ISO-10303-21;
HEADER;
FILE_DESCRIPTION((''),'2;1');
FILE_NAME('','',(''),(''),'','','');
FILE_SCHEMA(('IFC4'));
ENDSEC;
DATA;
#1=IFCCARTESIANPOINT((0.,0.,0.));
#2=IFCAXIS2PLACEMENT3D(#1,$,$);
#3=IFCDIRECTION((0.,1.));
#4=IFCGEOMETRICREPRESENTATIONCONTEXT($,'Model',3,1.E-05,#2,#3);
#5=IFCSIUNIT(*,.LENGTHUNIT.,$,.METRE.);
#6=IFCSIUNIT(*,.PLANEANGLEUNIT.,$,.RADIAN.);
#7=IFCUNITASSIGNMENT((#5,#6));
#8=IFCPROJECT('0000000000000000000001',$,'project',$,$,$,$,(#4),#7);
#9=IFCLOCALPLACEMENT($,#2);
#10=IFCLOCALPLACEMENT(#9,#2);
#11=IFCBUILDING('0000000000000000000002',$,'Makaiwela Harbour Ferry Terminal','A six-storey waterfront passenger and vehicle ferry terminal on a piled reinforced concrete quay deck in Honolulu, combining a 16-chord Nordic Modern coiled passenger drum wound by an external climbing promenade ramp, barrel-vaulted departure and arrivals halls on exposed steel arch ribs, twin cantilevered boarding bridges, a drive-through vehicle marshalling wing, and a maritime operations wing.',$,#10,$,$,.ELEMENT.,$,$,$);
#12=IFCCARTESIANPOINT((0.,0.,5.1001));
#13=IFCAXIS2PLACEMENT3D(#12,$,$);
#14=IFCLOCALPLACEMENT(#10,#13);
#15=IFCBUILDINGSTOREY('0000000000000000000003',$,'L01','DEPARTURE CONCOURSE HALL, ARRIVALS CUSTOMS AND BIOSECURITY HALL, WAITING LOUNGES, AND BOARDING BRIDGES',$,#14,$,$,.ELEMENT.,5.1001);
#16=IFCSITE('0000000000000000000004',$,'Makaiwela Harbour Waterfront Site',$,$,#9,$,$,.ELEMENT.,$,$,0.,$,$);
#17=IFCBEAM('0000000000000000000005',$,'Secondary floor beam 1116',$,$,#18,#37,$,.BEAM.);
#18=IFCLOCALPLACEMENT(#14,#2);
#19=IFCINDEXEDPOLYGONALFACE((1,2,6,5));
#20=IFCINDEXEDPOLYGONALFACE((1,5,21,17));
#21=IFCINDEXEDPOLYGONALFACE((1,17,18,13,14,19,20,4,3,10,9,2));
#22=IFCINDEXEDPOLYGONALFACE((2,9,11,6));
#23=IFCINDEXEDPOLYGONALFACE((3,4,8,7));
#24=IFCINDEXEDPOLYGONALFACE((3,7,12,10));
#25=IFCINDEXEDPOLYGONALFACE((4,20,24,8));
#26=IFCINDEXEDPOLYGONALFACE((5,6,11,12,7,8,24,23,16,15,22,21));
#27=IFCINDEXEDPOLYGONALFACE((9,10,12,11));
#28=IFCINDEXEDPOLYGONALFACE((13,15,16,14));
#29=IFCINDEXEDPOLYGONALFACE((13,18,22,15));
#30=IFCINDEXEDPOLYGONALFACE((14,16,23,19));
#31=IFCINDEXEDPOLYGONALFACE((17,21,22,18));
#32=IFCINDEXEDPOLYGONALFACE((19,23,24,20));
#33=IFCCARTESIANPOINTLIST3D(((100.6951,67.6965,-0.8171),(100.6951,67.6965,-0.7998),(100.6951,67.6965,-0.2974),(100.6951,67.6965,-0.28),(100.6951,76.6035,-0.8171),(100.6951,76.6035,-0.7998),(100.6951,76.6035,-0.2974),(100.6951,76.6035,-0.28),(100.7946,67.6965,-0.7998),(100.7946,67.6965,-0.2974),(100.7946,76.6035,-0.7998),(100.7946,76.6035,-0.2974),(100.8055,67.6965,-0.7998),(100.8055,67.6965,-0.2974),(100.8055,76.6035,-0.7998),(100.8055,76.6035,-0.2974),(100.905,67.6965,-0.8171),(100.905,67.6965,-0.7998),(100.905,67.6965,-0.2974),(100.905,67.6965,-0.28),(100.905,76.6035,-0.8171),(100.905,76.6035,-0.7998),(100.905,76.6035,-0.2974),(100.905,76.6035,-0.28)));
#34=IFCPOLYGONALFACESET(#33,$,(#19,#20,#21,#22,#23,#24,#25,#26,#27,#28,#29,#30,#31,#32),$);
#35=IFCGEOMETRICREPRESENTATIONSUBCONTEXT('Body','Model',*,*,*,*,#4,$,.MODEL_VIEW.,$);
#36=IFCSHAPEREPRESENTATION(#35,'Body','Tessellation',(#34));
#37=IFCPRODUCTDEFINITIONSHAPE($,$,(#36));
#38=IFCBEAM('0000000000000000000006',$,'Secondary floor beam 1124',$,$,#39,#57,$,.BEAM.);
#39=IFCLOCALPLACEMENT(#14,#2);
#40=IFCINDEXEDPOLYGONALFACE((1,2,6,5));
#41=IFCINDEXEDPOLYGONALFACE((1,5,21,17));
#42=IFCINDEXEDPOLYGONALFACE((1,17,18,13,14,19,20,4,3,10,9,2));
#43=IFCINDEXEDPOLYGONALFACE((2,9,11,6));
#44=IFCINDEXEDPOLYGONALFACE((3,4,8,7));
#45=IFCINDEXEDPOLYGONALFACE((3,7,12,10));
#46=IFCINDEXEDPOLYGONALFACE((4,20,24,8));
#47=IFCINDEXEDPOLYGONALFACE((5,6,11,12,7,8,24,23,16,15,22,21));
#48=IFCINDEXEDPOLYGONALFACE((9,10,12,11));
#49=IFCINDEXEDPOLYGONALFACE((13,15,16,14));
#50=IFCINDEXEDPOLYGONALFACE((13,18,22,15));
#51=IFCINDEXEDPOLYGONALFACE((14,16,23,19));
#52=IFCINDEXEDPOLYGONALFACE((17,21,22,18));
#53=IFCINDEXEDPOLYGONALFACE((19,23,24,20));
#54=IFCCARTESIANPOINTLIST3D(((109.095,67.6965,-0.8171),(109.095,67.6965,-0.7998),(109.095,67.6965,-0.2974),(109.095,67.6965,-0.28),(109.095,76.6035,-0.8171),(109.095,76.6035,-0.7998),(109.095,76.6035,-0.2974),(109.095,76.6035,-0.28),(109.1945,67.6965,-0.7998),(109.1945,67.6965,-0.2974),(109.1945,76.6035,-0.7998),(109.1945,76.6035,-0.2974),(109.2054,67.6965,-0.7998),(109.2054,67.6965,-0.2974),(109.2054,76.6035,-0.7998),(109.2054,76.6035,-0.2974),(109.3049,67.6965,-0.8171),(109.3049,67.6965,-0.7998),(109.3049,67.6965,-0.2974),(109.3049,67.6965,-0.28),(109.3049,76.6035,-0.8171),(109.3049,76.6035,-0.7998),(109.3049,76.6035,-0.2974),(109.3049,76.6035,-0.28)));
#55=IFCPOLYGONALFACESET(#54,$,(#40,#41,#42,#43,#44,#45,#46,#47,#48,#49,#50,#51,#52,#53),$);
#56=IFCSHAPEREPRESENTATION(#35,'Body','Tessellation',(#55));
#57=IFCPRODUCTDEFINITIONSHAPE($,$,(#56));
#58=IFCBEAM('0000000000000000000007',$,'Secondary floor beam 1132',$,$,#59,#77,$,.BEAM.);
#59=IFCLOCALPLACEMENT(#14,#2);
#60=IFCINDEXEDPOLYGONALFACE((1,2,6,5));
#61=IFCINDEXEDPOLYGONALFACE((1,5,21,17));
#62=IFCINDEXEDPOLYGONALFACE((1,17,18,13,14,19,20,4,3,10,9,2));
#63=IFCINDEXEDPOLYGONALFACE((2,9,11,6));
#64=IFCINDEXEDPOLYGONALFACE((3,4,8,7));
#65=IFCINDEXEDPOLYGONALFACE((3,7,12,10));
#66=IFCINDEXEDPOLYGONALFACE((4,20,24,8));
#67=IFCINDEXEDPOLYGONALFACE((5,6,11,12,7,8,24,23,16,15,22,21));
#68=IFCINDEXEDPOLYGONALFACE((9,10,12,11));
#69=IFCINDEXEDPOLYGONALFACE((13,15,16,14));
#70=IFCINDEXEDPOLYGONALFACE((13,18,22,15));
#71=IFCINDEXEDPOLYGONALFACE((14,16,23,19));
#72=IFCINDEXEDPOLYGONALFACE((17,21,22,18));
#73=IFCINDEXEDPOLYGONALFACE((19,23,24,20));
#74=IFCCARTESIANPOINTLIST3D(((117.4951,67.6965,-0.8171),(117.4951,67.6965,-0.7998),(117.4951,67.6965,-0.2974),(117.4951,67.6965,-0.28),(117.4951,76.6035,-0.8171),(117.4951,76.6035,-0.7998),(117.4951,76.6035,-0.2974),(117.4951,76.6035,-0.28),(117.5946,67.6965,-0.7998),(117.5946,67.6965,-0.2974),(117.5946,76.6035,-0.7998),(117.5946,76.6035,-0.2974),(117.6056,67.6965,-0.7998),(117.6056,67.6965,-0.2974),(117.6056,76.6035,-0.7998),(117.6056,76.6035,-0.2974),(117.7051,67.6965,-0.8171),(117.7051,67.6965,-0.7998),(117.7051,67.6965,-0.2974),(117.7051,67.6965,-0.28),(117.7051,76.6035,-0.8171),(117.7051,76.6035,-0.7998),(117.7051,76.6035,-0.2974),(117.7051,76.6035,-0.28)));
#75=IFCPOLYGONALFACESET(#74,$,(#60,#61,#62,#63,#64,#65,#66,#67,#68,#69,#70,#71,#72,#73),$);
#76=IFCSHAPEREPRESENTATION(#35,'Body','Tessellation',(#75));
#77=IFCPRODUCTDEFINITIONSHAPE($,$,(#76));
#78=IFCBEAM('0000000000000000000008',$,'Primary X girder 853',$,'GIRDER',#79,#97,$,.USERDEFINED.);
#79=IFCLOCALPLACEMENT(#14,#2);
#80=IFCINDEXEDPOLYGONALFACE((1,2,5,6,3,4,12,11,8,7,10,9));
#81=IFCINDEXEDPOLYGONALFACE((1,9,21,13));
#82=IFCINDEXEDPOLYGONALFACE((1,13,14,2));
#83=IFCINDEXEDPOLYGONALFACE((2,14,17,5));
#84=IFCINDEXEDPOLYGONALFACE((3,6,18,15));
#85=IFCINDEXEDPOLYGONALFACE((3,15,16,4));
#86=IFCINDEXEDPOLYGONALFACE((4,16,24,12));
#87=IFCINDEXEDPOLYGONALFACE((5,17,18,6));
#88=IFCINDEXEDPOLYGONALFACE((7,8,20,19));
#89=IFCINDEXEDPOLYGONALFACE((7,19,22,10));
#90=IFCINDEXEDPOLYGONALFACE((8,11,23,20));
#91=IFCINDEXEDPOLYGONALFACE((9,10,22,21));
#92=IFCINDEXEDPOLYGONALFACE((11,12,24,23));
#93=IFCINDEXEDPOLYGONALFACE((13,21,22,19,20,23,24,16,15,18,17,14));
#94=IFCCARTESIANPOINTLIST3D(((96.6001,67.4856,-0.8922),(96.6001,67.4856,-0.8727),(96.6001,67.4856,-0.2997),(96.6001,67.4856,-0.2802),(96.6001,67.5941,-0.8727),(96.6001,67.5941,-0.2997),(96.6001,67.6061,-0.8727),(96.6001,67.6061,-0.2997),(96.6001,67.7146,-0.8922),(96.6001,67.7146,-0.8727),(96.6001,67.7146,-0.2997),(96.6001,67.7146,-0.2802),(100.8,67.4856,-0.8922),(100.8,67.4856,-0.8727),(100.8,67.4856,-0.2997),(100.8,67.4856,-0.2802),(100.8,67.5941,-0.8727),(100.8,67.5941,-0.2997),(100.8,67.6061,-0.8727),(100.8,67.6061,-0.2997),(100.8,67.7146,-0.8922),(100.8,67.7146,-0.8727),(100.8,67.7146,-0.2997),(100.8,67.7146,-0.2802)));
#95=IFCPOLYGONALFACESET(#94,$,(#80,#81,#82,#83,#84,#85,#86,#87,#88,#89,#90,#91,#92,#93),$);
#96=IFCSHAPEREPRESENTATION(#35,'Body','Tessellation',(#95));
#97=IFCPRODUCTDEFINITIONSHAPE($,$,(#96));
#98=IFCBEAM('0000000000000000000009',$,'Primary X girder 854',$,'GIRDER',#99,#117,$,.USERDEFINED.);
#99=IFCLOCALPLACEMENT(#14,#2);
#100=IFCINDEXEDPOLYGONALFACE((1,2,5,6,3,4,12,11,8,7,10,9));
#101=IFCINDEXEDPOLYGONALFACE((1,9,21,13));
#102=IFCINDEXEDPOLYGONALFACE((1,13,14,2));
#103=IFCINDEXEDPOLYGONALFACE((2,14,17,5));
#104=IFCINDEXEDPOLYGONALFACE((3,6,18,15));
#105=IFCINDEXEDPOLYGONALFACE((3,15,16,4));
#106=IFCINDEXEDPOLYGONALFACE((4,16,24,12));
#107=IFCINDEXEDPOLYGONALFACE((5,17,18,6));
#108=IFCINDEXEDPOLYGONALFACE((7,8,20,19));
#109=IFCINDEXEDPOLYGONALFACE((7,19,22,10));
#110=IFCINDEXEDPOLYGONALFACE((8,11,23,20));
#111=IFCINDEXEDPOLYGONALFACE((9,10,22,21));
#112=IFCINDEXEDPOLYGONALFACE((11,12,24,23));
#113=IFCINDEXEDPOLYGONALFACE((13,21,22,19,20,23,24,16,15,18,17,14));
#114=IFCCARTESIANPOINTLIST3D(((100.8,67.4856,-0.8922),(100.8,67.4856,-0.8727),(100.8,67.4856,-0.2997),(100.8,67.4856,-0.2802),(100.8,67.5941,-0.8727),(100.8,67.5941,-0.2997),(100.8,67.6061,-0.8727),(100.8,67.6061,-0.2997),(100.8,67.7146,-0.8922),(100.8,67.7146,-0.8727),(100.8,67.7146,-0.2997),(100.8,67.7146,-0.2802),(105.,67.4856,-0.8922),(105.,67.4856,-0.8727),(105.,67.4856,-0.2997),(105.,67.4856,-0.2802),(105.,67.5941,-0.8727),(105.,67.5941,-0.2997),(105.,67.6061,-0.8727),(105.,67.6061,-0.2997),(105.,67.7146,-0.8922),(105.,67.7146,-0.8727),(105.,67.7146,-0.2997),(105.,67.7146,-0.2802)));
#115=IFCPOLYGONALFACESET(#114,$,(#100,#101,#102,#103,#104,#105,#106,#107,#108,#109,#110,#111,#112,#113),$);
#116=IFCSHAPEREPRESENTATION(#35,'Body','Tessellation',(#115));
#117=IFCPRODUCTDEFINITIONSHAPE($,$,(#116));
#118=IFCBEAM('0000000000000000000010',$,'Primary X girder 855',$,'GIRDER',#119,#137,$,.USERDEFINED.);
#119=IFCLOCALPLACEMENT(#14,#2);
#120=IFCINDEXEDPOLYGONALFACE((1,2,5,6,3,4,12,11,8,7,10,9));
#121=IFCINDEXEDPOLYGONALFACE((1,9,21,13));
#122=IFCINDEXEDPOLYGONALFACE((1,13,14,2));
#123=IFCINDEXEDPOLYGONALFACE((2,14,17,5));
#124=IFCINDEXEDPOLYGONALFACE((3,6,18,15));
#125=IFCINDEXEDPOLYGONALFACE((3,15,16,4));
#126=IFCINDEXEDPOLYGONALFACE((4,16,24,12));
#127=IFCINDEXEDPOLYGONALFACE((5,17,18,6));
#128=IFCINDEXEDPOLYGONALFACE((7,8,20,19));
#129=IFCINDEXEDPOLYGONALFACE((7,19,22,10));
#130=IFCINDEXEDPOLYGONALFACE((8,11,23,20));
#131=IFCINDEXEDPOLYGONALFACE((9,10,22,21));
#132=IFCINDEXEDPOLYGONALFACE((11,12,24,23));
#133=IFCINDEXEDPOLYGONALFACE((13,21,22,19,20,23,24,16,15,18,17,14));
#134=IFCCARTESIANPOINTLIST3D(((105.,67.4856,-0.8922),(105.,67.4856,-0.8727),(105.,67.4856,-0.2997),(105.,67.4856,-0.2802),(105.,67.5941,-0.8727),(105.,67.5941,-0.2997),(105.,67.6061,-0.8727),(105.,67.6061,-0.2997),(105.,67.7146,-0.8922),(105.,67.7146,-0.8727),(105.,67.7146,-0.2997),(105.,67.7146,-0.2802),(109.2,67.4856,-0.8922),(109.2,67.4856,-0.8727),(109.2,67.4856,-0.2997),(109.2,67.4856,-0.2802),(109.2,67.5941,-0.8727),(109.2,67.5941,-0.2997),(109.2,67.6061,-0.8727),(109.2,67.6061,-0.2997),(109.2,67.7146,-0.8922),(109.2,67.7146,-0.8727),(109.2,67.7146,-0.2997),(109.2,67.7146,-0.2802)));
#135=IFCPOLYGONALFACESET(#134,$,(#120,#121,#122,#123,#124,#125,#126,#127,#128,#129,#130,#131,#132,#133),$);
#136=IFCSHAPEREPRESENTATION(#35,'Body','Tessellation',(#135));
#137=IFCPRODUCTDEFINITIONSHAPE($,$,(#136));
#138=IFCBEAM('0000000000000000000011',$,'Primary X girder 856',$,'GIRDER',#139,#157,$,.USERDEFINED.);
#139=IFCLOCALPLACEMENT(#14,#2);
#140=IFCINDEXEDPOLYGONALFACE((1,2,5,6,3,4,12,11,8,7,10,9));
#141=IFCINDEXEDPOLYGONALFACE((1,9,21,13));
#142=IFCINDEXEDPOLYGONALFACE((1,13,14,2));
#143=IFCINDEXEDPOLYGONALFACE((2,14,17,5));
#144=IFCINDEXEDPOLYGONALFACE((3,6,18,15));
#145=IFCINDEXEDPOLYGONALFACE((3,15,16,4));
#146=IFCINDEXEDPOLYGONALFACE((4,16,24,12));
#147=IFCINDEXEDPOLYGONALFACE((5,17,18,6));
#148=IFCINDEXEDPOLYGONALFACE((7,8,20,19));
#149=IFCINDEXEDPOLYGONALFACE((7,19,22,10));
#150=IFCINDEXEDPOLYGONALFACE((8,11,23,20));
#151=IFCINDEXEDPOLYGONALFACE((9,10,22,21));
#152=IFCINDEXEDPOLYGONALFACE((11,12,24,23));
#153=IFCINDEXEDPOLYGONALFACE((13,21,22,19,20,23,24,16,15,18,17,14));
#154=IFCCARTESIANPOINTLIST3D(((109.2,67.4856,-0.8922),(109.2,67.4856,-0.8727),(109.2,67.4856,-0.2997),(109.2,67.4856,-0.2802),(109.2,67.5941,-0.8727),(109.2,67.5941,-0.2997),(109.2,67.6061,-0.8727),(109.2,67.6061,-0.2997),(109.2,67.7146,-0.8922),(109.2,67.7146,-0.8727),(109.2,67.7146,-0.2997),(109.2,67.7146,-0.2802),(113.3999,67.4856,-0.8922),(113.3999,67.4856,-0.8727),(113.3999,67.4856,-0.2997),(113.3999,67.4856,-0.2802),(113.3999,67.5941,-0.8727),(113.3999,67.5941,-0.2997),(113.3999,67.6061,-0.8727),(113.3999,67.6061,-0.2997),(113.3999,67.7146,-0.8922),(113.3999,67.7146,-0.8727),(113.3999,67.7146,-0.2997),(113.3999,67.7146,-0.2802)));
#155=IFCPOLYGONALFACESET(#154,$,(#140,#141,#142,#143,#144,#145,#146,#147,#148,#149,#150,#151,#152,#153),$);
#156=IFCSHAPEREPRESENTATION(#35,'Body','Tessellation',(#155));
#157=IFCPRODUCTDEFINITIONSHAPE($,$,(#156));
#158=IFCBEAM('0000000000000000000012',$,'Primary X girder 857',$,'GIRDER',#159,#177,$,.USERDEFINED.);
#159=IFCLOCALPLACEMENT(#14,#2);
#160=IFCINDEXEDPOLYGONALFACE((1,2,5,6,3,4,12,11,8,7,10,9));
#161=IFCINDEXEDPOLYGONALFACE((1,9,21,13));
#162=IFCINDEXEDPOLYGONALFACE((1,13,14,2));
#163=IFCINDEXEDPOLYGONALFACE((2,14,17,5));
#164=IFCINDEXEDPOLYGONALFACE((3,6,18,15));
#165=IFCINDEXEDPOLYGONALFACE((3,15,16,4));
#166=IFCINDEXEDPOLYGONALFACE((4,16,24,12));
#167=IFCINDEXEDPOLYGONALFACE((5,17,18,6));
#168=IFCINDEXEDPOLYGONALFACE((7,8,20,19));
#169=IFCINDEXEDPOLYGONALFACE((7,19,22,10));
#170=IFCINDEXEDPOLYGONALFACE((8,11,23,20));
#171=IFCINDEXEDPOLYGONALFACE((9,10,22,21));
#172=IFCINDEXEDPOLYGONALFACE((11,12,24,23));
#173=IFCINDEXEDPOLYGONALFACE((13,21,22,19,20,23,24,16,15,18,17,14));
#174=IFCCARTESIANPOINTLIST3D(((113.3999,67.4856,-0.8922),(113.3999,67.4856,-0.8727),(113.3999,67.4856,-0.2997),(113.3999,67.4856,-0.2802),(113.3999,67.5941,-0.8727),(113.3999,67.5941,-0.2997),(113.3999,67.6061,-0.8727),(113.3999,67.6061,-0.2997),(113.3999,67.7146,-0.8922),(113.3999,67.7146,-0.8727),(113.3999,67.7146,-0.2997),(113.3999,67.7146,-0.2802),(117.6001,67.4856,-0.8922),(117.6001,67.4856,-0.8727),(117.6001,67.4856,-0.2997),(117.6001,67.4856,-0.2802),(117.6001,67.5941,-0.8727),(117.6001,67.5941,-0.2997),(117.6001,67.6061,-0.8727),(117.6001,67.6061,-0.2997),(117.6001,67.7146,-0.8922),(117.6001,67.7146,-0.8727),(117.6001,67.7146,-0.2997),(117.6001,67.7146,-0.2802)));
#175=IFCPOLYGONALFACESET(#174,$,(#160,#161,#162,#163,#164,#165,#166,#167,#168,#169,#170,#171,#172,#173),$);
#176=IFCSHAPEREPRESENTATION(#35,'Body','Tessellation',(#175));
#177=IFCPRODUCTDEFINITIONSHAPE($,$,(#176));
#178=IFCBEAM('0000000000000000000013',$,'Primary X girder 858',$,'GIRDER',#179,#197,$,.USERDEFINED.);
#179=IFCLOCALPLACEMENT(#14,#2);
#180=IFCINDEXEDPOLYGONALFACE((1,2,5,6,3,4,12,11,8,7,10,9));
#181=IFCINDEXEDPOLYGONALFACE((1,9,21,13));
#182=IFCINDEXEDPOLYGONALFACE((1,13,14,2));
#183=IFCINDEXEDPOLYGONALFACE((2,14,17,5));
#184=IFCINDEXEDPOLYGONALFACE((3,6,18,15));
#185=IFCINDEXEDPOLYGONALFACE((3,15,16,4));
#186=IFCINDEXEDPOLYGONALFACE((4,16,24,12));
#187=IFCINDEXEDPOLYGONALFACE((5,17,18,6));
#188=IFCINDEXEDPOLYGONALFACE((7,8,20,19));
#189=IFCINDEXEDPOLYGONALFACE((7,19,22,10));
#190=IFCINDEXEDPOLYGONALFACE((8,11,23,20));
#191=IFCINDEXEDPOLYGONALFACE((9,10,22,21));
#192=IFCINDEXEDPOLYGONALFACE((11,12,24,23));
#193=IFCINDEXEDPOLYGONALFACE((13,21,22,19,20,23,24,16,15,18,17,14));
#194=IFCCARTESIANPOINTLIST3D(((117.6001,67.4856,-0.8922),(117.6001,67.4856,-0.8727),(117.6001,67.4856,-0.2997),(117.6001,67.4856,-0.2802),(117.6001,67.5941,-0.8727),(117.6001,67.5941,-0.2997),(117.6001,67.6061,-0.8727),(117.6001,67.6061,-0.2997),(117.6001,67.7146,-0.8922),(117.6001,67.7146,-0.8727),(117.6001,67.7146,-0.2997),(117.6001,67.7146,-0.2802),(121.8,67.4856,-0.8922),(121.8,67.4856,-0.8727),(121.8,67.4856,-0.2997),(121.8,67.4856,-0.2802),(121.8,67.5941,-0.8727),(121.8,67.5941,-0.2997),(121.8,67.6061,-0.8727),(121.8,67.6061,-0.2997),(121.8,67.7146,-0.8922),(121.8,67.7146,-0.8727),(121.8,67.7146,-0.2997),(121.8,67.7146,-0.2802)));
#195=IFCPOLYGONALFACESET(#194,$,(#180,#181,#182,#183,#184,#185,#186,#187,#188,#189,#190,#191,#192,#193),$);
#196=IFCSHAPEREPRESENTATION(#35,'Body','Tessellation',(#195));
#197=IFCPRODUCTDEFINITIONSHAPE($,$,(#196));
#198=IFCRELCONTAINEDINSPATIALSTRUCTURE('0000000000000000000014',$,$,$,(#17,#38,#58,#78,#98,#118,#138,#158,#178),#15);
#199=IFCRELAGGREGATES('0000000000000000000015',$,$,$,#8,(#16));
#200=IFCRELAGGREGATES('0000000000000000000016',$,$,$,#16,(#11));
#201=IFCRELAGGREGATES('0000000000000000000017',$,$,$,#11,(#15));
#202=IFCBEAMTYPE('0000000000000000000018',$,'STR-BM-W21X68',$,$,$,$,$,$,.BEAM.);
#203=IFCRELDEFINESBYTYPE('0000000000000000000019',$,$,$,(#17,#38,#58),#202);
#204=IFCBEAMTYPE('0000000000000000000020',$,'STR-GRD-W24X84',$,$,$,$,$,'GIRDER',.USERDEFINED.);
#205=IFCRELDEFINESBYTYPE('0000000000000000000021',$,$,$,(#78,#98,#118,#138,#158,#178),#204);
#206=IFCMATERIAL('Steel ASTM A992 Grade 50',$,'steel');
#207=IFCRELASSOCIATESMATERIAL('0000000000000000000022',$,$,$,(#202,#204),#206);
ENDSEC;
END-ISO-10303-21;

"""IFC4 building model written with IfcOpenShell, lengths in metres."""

from ifc_helpers import new_model, si_unit, direction, frame, origin, origin_2d, place, context, subcontext, project, spatial, i_section, extrude, material, material_profile, profile_set, type_object, element, save


model = new_model("IFC4")

# Units and contexts
model_context = context("Model", 3, precision=1e-05, world=origin(), true_north=direction((0.0, 1.0)))
body_context = subcontext(model_context, "Body", "Model", "MODEL_VIEW")
ifc_project = project(units=[si_unit("LENGTHUNIT", "METRE"), si_unit("PLANEANGLEUNIT", "RADIAN")], contexts=[model_context])

# Site, building, storey
site_placement = place(None, origin())
site = spatial("IfcSite", under=ifc_project, at=site_placement, Name="Makaiwela Harbour Waterfront Site", CompositionType="ELEMENT", RefElevation=0.0)
building_placement = place(site_placement, origin())
building = spatial("IfcBuilding", under=site, at=building_placement, Name="Makaiwela Harbour Ferry Terminal", Description="A six-storey waterfront passenger and vehicle ferry terminal on a piled reinforced concrete quay deck in Honolulu, combining a 16-chord Nordic Modern coiled passenger drum wound by an external climbing promenade ramp, barrel-vaulted departure and arrivals halls on exposed steel arch ribs, twin cantilevered boarding bridges, a drive-through vehicle marshalling wing, and a maritime operations wing.", CompositionType="ELEMENT")
storey_placement = place(building_placement, frame((0.0, 0.0, 5.1001)))
storey = spatial("IfcBuildingStorey", under=building, at=storey_placement, Name="L01", Description="DEPARTURE CONCOURSE HALL, ARRIVALS CUSTOMS AND BIOSECURITY HALL, WAITING LOUNGES, AND BOARDING BRIDGES", CompositionType="ELEMENT", Elevation=5.1001)

# Shared definitions
ifc_material = material(Name="Steel ASTM A992 Grade 50", Category="steel")

# Beams
ifc_material_profile_1 = material_profile(ifc_material, i_section(OverallWidth=0.21, OverallDepth=0.5371, WebThickness=0.011, FlangeThickness=0.0173, at=origin_2d()), Name="W21X68")
ifc_profile_set_1 = profile_set([ifc_material_profile_1], Name="Steel ASTM A992 Grade 50")
beam_type_1 = type_object("IfcBeamType", Name="STR-BM-W21X68", PredefinedType="BEAM", material=ifc_profile_set_1)
for number, where, z_axis, x_axis, name in (
    (1, (100.8, 67.6965, -0.5486), (0.0, 1.0, 0.0), (-1.0, 0.0, 0.0), "Secondary floor beam 1116"),
    (2, (109.2, 67.6965, -0.5486), (0.0, 1.0, 0.0), (-1.0, 0.0, 0.0), "Secondary floor beam 1124"),
    (3, (117.6001, 67.6965, -0.5486), (0.0, 1.0, 0.0), (-1.0, 0.0, 0.0), "Secondary floor beam 1132"),
):
    element("IfcBeam", number, at=place(storey_placement, frame(where, z_axis=z_axis, x_axis=x_axis)), inside=storey, type_object=beam_type_1, Name=name, PredefinedType="BEAM", context=body_context, shape_type="SweptSolid", body=[
        extrude(i_section(OverallWidth=0.21, OverallDepth=0.5371, WebThickness=0.011, FlangeThickness=0.0173, at=origin_2d()), origin(), (0.0, 0.0, 1.0), 8.907),
    ])
ifc_material_profile_2 = material_profile(ifc_material, i_section(OverallWidth=0.229, OverallDepth=0.6121, WebThickness=0.012, FlangeThickness=0.0195, at=origin_2d()), Name="W24X84")
ifc_profile_set_2 = profile_set([ifc_material_profile_2], Name="Steel ASTM A992 Grade 50")
beam_type_2 = type_object("IfcBeamType", Name="STR-GRD-W24X84", ElementType="GIRDER", PredefinedType="USERDEFINED", material=ifc_profile_set_2)
for number, where, z_axis, x_axis, name in (
    (4, (96.6001, 67.6001, -0.5862), (1.0, 0.0, 0.0), (0.0, 1.0, 0.0), "Primary X girder 853"),
    (5, (100.8, 67.6001, -0.5862), (1.0, 0.0, 0.0), (0.0, 1.0, 0.0), "Primary X girder 854"),
    (6, (105.0, 67.6001, -0.5862), (1.0, 0.0, 0.0), (0.0, 1.0, 0.0), "Primary X girder 855"),
    (7, (109.2, 67.6001, -0.5862), (1.0, 0.0, 0.0), (0.0, 1.0, 0.0), "Primary X girder 856"),
):
    element("IfcBeam", number, at=place(storey_placement, frame(where, z_axis=z_axis, x_axis=x_axis)), inside=storey, type_object=beam_type_2, Name=name, ObjectType="GIRDER", PredefinedType="USERDEFINED", context=body_context, shape_type="SweptSolid", body=[
        extrude(i_section(OverallWidth=0.229, OverallDepth=0.6121, WebThickness=0.012, FlangeThickness=0.0195, at=origin_2d()), origin(), (0.0, 0.0, 1.0), 4.2),
    ])
beam_1_placement = place(storey_placement, frame((113.3999, 67.6001, -0.5862), z_axis=(1.0, 0.0, 0.0), x_axis=(0.0, 1.0, 0.0)))
element("IfcBeam", 8, at=beam_1_placement, inside=storey, type_object=beam_type_2, Name="Primary X girder 857", ObjectType="GIRDER", PredefinedType="USERDEFINED", context=body_context, shape_type="SweptSolid", body=[
    extrude(i_section(OverallWidth=0.229, OverallDepth=0.6121, WebThickness=0.012, FlangeThickness=0.0195, at=origin_2d()), origin(), (0.0, 0.0, 1.0), 4.2002),
])
beam_2_placement = place(storey_placement, frame((117.6001, 67.6001, -0.5862), z_axis=(1.0, 0.0, 0.0), x_axis=(0.0, 1.0, 0.0)))
element("IfcBeam", 9, at=beam_2_placement, inside=storey, type_object=beam_type_2, Name="Primary X girder 858", ObjectType="GIRDER", PredefinedType="USERDEFINED", context=body_context, shape_type="SweptSolid", body=[
    extrude(i_section(OverallWidth=0.229, OverallDepth=0.6121, WebThickness=0.012, FlangeThickness=0.0195, at=origin_2d()), origin(), (0.0, 0.0, 1.0), 4.2),
])

save(model, "model.ifc")
